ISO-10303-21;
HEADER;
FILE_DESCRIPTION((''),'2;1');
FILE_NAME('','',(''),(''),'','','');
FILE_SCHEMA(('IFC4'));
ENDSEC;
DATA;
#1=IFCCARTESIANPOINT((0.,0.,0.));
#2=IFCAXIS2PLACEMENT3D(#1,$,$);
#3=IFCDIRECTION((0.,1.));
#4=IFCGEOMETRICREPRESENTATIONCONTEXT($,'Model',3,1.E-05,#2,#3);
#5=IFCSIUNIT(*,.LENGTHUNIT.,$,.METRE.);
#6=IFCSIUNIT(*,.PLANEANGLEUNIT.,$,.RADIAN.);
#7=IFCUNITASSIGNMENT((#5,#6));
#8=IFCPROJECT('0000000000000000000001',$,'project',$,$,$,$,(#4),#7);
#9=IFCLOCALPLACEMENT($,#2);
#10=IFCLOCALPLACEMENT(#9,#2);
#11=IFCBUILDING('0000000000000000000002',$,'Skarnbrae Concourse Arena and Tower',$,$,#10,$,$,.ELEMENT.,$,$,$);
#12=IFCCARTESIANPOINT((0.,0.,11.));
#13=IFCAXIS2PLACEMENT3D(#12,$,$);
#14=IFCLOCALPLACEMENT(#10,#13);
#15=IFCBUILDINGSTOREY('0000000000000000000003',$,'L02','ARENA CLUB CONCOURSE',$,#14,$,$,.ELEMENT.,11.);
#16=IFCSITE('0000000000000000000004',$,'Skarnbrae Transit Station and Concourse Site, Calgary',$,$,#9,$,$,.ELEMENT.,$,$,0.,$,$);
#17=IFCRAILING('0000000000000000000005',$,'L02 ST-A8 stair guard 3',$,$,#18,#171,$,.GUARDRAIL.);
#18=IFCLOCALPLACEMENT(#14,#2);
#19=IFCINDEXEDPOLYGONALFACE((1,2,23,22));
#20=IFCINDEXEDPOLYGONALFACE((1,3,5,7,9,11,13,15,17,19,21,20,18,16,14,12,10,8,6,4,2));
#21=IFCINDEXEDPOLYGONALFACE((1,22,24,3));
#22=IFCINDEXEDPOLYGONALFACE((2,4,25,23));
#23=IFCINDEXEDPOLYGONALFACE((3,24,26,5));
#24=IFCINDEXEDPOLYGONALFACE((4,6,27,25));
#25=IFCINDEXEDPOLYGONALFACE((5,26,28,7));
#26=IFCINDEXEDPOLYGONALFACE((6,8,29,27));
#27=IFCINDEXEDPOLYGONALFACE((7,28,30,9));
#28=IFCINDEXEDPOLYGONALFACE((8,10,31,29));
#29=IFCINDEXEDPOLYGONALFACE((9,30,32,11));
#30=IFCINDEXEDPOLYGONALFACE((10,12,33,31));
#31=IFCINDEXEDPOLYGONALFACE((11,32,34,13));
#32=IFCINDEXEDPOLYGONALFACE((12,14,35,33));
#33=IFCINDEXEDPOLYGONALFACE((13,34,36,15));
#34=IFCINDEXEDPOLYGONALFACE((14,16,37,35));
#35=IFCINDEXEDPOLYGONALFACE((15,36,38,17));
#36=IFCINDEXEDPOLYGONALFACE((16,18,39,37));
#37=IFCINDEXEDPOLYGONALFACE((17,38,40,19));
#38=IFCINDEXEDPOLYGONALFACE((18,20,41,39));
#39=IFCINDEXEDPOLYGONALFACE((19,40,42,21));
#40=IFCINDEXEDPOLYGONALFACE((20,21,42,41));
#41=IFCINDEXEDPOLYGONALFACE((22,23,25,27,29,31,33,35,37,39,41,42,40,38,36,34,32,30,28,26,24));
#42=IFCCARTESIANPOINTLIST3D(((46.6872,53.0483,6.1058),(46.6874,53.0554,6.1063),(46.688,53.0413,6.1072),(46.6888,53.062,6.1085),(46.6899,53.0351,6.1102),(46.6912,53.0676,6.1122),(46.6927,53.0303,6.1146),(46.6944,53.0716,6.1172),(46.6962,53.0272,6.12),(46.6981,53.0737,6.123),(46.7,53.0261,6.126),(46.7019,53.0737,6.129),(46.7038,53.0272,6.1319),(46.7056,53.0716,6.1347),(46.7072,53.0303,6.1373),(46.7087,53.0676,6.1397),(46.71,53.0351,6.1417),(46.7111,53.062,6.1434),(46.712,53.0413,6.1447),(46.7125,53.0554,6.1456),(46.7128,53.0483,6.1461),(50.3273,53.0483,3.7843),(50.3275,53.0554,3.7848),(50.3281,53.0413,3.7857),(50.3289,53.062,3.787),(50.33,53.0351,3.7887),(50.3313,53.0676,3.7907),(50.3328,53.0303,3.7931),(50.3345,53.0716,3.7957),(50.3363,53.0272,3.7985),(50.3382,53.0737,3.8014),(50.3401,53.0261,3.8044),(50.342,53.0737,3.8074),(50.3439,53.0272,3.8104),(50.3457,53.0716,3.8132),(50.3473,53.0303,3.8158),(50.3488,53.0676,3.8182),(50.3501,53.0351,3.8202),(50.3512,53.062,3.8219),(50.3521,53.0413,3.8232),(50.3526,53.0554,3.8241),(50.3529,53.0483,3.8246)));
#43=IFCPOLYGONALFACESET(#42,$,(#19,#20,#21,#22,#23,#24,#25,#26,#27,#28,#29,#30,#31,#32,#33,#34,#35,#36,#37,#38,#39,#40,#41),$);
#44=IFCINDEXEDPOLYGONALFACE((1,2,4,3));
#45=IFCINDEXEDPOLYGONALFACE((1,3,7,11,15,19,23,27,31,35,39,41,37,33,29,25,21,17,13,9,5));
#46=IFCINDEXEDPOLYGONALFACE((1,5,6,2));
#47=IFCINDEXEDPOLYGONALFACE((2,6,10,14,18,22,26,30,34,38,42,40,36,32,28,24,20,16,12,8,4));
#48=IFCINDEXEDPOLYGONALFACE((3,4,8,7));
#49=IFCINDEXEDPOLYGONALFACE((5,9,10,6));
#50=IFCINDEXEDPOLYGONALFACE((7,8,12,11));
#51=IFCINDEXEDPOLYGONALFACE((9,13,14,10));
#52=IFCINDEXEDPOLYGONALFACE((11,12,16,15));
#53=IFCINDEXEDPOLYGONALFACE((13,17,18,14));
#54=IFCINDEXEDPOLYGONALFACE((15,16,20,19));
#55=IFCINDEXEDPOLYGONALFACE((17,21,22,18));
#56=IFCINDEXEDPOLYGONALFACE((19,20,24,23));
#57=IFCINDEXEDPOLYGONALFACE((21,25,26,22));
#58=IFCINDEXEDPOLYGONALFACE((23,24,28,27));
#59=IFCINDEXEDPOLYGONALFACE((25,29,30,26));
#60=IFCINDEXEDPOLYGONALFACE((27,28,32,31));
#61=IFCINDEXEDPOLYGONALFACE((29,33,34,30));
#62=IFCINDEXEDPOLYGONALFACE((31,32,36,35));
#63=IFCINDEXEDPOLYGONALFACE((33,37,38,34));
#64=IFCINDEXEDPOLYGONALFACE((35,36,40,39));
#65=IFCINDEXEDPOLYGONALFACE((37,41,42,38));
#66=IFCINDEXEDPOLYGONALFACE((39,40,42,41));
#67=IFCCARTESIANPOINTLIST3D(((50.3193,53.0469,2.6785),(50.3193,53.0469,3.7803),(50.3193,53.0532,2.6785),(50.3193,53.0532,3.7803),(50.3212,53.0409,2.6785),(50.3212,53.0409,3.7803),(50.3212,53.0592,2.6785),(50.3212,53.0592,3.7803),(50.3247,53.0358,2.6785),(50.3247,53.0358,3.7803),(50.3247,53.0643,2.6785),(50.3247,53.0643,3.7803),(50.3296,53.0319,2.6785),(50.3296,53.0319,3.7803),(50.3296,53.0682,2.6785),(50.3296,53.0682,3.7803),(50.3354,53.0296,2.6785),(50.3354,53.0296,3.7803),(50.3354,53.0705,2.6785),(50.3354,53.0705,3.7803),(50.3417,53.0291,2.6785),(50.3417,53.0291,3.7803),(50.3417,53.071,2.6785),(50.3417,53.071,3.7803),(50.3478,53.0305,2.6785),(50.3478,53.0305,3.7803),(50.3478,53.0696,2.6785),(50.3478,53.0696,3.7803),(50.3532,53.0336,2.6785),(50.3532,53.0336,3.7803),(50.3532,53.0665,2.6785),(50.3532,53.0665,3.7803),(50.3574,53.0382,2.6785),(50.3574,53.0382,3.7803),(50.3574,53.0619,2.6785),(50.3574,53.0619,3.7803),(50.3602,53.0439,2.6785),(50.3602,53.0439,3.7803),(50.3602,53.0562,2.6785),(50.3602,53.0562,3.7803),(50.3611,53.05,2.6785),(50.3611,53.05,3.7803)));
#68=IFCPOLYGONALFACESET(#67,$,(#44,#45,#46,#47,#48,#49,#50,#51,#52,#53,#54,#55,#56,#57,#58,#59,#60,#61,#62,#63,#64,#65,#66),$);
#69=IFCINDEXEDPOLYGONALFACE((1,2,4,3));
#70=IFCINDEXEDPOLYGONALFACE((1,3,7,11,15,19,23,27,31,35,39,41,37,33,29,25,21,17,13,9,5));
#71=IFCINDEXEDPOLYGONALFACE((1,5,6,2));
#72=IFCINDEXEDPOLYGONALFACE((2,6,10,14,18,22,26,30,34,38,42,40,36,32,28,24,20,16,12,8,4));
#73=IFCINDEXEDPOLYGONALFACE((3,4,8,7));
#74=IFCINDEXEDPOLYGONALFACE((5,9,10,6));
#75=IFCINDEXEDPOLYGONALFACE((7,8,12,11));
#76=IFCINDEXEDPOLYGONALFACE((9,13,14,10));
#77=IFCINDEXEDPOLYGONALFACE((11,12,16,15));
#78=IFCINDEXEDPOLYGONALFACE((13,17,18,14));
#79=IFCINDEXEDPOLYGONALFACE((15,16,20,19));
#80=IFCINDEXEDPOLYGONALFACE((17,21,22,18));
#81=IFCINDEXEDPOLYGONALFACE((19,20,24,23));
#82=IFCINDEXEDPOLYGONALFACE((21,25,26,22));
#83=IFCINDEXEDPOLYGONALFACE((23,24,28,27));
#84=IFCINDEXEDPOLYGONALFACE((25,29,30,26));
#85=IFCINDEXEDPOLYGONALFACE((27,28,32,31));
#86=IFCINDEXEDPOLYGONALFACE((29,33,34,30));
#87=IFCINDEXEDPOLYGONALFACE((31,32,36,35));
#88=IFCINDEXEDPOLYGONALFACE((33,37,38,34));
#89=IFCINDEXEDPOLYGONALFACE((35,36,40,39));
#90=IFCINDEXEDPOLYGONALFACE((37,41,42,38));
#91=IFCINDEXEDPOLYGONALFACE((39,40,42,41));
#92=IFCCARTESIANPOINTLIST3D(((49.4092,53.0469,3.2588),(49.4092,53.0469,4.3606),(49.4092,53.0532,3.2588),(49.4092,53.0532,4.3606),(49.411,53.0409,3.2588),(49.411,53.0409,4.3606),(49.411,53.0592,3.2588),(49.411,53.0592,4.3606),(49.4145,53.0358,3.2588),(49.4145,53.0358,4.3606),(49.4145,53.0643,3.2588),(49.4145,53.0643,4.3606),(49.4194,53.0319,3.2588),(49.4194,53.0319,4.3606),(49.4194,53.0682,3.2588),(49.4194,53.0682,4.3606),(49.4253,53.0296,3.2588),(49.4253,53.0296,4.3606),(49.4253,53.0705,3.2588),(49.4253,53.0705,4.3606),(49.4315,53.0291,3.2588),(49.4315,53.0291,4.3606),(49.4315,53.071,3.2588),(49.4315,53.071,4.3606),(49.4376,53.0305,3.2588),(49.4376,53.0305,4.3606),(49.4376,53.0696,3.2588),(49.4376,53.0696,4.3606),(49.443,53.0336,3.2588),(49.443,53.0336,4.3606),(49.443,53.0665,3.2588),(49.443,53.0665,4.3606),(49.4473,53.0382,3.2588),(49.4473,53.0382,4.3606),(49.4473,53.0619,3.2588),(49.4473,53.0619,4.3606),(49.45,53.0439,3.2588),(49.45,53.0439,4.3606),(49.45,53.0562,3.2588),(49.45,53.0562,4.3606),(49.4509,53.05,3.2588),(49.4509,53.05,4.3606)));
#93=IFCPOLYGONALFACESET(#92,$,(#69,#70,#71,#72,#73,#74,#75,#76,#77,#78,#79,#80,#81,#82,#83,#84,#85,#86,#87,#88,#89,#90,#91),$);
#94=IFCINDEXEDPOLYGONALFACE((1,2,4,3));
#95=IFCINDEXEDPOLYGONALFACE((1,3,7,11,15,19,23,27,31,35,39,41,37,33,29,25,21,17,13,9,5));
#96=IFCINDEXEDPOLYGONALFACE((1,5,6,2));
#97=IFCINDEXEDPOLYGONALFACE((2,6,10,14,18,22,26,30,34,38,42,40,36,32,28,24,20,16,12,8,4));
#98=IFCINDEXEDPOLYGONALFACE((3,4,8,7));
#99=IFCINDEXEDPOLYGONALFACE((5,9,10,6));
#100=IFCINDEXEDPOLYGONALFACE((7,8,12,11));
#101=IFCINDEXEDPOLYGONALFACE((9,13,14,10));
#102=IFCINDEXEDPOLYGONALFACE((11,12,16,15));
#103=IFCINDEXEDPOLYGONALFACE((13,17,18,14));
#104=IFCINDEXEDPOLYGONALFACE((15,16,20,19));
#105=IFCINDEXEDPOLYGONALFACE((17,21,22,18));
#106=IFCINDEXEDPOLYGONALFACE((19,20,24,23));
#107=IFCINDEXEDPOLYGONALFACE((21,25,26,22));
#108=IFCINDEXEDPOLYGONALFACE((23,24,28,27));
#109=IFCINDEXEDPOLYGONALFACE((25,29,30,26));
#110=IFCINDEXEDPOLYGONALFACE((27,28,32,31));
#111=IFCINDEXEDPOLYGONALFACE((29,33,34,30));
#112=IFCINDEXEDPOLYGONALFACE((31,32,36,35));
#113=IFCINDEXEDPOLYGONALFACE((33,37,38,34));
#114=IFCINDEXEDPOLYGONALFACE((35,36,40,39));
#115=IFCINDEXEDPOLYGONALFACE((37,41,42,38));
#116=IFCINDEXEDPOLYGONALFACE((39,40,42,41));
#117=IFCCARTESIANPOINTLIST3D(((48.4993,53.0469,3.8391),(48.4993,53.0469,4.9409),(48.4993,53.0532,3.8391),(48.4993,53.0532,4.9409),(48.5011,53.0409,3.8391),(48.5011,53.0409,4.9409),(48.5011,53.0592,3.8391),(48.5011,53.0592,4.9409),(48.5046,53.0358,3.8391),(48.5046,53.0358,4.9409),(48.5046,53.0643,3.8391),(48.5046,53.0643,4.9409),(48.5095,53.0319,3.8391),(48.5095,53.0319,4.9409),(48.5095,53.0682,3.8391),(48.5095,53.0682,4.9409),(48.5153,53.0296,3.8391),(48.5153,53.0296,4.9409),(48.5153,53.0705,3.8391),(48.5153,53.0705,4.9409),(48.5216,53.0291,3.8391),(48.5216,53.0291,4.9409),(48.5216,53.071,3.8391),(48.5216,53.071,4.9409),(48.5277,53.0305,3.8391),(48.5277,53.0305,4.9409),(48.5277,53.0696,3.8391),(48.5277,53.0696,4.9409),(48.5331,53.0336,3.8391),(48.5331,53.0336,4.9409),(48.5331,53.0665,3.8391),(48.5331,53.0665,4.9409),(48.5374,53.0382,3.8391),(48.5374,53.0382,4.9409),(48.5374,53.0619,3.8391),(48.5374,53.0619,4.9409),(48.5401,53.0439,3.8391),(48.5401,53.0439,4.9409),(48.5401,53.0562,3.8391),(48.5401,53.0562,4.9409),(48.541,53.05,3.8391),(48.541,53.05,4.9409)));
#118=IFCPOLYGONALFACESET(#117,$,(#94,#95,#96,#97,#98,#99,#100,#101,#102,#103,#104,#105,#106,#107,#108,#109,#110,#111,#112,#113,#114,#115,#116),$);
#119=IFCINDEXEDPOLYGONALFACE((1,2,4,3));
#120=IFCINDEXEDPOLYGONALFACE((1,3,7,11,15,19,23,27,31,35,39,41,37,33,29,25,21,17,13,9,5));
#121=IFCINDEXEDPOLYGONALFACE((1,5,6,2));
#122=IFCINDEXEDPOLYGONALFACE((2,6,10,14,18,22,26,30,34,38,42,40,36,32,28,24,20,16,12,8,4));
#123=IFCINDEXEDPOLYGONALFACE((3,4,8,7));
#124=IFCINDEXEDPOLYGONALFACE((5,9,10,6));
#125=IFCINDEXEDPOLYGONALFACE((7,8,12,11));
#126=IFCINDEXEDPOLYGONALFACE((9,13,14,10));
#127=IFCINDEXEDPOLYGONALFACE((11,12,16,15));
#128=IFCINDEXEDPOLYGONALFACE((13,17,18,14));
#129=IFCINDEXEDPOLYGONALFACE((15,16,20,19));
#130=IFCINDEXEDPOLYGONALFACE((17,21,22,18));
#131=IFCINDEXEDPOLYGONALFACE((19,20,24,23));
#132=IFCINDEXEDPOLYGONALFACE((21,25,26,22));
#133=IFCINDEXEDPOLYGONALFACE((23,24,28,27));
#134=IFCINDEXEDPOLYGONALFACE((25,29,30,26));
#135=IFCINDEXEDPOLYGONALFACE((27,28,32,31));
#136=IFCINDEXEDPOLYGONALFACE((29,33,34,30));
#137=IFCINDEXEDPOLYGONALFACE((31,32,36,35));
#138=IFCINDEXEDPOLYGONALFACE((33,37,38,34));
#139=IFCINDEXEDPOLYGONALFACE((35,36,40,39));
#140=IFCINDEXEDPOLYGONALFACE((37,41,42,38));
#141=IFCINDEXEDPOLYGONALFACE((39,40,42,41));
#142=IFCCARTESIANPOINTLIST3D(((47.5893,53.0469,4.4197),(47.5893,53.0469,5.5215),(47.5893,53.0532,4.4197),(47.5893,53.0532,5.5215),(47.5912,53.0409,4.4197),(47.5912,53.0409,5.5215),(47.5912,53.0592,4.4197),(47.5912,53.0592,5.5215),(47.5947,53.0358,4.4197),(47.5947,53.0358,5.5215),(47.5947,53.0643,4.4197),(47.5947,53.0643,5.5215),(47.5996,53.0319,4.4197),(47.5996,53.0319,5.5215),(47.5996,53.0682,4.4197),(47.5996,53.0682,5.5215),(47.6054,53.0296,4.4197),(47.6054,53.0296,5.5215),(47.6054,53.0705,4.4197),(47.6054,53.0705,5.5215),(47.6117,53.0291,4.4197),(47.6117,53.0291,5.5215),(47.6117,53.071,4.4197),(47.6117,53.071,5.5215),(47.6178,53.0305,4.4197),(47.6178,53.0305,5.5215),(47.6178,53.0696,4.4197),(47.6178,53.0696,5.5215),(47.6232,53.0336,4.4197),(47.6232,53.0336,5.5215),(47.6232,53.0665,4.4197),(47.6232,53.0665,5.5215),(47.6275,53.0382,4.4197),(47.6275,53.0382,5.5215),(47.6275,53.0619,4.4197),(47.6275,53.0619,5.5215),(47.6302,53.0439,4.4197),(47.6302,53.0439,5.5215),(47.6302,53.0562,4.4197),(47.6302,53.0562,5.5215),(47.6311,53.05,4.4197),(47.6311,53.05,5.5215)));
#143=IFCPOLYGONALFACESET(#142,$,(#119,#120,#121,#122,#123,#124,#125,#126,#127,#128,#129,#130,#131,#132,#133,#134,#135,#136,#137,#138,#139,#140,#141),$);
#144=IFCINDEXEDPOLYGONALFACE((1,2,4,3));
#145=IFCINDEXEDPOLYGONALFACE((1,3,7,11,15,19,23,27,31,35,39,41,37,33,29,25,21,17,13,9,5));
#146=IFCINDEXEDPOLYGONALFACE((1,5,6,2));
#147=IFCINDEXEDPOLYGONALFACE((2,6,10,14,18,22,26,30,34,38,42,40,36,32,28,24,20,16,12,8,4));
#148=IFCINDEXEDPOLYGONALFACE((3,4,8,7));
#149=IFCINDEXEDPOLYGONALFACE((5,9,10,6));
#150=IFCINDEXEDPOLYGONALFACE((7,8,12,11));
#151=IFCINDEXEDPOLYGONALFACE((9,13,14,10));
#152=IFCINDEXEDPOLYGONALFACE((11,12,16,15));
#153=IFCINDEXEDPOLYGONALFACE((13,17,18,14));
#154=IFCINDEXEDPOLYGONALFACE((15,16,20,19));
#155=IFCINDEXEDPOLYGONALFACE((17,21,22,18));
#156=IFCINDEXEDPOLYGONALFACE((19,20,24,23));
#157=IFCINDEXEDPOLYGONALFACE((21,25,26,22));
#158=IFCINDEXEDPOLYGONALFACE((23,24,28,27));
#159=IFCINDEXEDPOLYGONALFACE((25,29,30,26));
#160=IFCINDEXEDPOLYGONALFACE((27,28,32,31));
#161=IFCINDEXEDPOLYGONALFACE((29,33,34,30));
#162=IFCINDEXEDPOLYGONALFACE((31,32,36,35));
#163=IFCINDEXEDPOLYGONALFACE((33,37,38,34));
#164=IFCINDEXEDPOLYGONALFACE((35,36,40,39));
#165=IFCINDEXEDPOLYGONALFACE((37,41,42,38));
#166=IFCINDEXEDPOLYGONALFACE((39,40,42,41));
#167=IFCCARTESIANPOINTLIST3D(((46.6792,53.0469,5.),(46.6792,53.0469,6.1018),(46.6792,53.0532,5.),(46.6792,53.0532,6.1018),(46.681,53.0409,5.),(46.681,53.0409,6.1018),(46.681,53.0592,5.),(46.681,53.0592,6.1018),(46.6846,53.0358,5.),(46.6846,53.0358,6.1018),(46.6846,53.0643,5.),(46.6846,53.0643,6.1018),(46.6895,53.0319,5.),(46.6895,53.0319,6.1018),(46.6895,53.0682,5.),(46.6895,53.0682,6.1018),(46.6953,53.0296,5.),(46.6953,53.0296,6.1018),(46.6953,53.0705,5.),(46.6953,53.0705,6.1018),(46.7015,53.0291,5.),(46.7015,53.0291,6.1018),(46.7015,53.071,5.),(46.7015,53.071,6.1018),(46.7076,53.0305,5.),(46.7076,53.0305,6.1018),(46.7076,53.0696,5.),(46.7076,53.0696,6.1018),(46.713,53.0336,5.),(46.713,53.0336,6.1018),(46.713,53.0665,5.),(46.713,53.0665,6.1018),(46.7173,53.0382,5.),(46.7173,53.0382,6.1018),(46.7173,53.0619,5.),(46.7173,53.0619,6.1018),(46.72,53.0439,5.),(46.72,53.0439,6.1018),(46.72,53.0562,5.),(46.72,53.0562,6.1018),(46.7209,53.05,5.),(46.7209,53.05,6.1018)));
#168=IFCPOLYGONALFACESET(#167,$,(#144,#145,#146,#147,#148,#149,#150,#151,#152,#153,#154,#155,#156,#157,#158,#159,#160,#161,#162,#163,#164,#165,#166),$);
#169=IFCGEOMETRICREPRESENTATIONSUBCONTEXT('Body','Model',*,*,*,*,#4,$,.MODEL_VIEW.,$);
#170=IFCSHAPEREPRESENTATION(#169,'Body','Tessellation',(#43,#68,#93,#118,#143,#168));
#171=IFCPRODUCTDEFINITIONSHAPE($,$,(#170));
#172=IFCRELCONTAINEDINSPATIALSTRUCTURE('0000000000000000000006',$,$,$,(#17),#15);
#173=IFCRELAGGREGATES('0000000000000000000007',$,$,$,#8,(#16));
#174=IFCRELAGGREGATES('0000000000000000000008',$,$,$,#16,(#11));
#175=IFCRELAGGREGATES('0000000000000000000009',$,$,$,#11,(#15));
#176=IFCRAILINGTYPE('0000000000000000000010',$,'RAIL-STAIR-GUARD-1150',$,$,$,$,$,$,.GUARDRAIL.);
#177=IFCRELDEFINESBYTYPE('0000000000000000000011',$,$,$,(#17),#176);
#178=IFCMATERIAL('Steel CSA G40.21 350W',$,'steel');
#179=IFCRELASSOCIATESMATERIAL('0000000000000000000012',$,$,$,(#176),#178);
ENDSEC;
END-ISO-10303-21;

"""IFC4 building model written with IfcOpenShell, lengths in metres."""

from ifc_helpers import new_model, si_unit, direction, frame, origin, origin_2d, place, context, subcontext, project, spatial, circle, extrude, material, type_object, element, save


model = new_model("IFC4")

# Units and contexts
model_context = context("Model", 3, precision=1e-05, world=origin(), true_north=direction((0.0, 1.0)))
body_context = subcontext(model_context, "Body", "Model", "MODEL_VIEW")
ifc_project = project(units=[si_unit("LENGTHUNIT", "METRE"), si_unit("PLANEANGLEUNIT", "RADIAN")], contexts=[model_context])

# Site, building, storey
site_placement = place(None, origin())
site = spatial("IfcSite", under=ifc_project, at=site_placement, Name="Skarnbrae Transit Station and Concourse Site, Calgary", CompositionType="ELEMENT", RefElevation=0.0)
building_placement = place(site_placement, origin())
building = spatial("IfcBuilding", under=site, at=building_placement, Name="Skarnbrae Concourse Arena and Tower", CompositionType="ELEMENT")
storey_placement = place(building_placement, frame((0.0, 0.0, 11.0)))
storey = spatial("IfcBuildingStorey", under=building, at=storey_placement, Name="L02", Description="ARENA CLUB CONCOURSE", CompositionType="ELEMENT", Elevation=11.0)

# Shared definitions
ifc_material_1 = material(Name="Steel CSA G40.21 350W", Category="steel")

# Railing
railing_type_1 = type_object("IfcRailingType", Name="RAIL-STAIR-GUARD-1150", PredefinedType="GUARDRAIL", material=ifc_material_1)
railing_1_placement = place(storey_placement, frame((50.3401, 53.05, 2.6785)))
element("IfcRailing", 1, at=railing_1_placement, inside=storey, type_object=railing_type_1, Name="L02 ST-A8 stair guard 3", PredefinedType="GUARDRAIL", context=body_context, shape_type="SweptSolid", body=[
    extrude(circle(Radius=0.0239, at=origin_2d()), frame((0.0, 0.0, 1.126), z_axis=(-0.843128, 0.0, 0.537713), x_axis=(0.0, -1.0, 0.0)), (0.0, 0.0, 1.0), 4.3174),
    extrude(circle(Radius=0.021, at=origin_2d()), origin(), (0.0, 0.0, 1.0), 1.1018),
    extrude(circle(Radius=0.021, at=origin_2d()), frame((-0.9102, 0.0, 0.5803)), (0.0, 0.0, 1.0), 1.1018),
    extrude(circle(Radius=0.021, at=origin_2d()), frame((-1.8201, 0.0, 1.1606)), (0.0, 0.0, 1.0), 1.1018),
    extrude(circle(Radius=0.021, at=origin_2d()), frame((-2.73, 0.0, 1.7412)), (0.0, 0.0, 1.0), 1.1018),
    extrude(circle(Radius=0.021, at=origin_2d()), frame((-3.6401, 0.0, 2.3215)), (0.0, 0.0, 1.0), 1.1018),
])

save(model, "model.ifc")
